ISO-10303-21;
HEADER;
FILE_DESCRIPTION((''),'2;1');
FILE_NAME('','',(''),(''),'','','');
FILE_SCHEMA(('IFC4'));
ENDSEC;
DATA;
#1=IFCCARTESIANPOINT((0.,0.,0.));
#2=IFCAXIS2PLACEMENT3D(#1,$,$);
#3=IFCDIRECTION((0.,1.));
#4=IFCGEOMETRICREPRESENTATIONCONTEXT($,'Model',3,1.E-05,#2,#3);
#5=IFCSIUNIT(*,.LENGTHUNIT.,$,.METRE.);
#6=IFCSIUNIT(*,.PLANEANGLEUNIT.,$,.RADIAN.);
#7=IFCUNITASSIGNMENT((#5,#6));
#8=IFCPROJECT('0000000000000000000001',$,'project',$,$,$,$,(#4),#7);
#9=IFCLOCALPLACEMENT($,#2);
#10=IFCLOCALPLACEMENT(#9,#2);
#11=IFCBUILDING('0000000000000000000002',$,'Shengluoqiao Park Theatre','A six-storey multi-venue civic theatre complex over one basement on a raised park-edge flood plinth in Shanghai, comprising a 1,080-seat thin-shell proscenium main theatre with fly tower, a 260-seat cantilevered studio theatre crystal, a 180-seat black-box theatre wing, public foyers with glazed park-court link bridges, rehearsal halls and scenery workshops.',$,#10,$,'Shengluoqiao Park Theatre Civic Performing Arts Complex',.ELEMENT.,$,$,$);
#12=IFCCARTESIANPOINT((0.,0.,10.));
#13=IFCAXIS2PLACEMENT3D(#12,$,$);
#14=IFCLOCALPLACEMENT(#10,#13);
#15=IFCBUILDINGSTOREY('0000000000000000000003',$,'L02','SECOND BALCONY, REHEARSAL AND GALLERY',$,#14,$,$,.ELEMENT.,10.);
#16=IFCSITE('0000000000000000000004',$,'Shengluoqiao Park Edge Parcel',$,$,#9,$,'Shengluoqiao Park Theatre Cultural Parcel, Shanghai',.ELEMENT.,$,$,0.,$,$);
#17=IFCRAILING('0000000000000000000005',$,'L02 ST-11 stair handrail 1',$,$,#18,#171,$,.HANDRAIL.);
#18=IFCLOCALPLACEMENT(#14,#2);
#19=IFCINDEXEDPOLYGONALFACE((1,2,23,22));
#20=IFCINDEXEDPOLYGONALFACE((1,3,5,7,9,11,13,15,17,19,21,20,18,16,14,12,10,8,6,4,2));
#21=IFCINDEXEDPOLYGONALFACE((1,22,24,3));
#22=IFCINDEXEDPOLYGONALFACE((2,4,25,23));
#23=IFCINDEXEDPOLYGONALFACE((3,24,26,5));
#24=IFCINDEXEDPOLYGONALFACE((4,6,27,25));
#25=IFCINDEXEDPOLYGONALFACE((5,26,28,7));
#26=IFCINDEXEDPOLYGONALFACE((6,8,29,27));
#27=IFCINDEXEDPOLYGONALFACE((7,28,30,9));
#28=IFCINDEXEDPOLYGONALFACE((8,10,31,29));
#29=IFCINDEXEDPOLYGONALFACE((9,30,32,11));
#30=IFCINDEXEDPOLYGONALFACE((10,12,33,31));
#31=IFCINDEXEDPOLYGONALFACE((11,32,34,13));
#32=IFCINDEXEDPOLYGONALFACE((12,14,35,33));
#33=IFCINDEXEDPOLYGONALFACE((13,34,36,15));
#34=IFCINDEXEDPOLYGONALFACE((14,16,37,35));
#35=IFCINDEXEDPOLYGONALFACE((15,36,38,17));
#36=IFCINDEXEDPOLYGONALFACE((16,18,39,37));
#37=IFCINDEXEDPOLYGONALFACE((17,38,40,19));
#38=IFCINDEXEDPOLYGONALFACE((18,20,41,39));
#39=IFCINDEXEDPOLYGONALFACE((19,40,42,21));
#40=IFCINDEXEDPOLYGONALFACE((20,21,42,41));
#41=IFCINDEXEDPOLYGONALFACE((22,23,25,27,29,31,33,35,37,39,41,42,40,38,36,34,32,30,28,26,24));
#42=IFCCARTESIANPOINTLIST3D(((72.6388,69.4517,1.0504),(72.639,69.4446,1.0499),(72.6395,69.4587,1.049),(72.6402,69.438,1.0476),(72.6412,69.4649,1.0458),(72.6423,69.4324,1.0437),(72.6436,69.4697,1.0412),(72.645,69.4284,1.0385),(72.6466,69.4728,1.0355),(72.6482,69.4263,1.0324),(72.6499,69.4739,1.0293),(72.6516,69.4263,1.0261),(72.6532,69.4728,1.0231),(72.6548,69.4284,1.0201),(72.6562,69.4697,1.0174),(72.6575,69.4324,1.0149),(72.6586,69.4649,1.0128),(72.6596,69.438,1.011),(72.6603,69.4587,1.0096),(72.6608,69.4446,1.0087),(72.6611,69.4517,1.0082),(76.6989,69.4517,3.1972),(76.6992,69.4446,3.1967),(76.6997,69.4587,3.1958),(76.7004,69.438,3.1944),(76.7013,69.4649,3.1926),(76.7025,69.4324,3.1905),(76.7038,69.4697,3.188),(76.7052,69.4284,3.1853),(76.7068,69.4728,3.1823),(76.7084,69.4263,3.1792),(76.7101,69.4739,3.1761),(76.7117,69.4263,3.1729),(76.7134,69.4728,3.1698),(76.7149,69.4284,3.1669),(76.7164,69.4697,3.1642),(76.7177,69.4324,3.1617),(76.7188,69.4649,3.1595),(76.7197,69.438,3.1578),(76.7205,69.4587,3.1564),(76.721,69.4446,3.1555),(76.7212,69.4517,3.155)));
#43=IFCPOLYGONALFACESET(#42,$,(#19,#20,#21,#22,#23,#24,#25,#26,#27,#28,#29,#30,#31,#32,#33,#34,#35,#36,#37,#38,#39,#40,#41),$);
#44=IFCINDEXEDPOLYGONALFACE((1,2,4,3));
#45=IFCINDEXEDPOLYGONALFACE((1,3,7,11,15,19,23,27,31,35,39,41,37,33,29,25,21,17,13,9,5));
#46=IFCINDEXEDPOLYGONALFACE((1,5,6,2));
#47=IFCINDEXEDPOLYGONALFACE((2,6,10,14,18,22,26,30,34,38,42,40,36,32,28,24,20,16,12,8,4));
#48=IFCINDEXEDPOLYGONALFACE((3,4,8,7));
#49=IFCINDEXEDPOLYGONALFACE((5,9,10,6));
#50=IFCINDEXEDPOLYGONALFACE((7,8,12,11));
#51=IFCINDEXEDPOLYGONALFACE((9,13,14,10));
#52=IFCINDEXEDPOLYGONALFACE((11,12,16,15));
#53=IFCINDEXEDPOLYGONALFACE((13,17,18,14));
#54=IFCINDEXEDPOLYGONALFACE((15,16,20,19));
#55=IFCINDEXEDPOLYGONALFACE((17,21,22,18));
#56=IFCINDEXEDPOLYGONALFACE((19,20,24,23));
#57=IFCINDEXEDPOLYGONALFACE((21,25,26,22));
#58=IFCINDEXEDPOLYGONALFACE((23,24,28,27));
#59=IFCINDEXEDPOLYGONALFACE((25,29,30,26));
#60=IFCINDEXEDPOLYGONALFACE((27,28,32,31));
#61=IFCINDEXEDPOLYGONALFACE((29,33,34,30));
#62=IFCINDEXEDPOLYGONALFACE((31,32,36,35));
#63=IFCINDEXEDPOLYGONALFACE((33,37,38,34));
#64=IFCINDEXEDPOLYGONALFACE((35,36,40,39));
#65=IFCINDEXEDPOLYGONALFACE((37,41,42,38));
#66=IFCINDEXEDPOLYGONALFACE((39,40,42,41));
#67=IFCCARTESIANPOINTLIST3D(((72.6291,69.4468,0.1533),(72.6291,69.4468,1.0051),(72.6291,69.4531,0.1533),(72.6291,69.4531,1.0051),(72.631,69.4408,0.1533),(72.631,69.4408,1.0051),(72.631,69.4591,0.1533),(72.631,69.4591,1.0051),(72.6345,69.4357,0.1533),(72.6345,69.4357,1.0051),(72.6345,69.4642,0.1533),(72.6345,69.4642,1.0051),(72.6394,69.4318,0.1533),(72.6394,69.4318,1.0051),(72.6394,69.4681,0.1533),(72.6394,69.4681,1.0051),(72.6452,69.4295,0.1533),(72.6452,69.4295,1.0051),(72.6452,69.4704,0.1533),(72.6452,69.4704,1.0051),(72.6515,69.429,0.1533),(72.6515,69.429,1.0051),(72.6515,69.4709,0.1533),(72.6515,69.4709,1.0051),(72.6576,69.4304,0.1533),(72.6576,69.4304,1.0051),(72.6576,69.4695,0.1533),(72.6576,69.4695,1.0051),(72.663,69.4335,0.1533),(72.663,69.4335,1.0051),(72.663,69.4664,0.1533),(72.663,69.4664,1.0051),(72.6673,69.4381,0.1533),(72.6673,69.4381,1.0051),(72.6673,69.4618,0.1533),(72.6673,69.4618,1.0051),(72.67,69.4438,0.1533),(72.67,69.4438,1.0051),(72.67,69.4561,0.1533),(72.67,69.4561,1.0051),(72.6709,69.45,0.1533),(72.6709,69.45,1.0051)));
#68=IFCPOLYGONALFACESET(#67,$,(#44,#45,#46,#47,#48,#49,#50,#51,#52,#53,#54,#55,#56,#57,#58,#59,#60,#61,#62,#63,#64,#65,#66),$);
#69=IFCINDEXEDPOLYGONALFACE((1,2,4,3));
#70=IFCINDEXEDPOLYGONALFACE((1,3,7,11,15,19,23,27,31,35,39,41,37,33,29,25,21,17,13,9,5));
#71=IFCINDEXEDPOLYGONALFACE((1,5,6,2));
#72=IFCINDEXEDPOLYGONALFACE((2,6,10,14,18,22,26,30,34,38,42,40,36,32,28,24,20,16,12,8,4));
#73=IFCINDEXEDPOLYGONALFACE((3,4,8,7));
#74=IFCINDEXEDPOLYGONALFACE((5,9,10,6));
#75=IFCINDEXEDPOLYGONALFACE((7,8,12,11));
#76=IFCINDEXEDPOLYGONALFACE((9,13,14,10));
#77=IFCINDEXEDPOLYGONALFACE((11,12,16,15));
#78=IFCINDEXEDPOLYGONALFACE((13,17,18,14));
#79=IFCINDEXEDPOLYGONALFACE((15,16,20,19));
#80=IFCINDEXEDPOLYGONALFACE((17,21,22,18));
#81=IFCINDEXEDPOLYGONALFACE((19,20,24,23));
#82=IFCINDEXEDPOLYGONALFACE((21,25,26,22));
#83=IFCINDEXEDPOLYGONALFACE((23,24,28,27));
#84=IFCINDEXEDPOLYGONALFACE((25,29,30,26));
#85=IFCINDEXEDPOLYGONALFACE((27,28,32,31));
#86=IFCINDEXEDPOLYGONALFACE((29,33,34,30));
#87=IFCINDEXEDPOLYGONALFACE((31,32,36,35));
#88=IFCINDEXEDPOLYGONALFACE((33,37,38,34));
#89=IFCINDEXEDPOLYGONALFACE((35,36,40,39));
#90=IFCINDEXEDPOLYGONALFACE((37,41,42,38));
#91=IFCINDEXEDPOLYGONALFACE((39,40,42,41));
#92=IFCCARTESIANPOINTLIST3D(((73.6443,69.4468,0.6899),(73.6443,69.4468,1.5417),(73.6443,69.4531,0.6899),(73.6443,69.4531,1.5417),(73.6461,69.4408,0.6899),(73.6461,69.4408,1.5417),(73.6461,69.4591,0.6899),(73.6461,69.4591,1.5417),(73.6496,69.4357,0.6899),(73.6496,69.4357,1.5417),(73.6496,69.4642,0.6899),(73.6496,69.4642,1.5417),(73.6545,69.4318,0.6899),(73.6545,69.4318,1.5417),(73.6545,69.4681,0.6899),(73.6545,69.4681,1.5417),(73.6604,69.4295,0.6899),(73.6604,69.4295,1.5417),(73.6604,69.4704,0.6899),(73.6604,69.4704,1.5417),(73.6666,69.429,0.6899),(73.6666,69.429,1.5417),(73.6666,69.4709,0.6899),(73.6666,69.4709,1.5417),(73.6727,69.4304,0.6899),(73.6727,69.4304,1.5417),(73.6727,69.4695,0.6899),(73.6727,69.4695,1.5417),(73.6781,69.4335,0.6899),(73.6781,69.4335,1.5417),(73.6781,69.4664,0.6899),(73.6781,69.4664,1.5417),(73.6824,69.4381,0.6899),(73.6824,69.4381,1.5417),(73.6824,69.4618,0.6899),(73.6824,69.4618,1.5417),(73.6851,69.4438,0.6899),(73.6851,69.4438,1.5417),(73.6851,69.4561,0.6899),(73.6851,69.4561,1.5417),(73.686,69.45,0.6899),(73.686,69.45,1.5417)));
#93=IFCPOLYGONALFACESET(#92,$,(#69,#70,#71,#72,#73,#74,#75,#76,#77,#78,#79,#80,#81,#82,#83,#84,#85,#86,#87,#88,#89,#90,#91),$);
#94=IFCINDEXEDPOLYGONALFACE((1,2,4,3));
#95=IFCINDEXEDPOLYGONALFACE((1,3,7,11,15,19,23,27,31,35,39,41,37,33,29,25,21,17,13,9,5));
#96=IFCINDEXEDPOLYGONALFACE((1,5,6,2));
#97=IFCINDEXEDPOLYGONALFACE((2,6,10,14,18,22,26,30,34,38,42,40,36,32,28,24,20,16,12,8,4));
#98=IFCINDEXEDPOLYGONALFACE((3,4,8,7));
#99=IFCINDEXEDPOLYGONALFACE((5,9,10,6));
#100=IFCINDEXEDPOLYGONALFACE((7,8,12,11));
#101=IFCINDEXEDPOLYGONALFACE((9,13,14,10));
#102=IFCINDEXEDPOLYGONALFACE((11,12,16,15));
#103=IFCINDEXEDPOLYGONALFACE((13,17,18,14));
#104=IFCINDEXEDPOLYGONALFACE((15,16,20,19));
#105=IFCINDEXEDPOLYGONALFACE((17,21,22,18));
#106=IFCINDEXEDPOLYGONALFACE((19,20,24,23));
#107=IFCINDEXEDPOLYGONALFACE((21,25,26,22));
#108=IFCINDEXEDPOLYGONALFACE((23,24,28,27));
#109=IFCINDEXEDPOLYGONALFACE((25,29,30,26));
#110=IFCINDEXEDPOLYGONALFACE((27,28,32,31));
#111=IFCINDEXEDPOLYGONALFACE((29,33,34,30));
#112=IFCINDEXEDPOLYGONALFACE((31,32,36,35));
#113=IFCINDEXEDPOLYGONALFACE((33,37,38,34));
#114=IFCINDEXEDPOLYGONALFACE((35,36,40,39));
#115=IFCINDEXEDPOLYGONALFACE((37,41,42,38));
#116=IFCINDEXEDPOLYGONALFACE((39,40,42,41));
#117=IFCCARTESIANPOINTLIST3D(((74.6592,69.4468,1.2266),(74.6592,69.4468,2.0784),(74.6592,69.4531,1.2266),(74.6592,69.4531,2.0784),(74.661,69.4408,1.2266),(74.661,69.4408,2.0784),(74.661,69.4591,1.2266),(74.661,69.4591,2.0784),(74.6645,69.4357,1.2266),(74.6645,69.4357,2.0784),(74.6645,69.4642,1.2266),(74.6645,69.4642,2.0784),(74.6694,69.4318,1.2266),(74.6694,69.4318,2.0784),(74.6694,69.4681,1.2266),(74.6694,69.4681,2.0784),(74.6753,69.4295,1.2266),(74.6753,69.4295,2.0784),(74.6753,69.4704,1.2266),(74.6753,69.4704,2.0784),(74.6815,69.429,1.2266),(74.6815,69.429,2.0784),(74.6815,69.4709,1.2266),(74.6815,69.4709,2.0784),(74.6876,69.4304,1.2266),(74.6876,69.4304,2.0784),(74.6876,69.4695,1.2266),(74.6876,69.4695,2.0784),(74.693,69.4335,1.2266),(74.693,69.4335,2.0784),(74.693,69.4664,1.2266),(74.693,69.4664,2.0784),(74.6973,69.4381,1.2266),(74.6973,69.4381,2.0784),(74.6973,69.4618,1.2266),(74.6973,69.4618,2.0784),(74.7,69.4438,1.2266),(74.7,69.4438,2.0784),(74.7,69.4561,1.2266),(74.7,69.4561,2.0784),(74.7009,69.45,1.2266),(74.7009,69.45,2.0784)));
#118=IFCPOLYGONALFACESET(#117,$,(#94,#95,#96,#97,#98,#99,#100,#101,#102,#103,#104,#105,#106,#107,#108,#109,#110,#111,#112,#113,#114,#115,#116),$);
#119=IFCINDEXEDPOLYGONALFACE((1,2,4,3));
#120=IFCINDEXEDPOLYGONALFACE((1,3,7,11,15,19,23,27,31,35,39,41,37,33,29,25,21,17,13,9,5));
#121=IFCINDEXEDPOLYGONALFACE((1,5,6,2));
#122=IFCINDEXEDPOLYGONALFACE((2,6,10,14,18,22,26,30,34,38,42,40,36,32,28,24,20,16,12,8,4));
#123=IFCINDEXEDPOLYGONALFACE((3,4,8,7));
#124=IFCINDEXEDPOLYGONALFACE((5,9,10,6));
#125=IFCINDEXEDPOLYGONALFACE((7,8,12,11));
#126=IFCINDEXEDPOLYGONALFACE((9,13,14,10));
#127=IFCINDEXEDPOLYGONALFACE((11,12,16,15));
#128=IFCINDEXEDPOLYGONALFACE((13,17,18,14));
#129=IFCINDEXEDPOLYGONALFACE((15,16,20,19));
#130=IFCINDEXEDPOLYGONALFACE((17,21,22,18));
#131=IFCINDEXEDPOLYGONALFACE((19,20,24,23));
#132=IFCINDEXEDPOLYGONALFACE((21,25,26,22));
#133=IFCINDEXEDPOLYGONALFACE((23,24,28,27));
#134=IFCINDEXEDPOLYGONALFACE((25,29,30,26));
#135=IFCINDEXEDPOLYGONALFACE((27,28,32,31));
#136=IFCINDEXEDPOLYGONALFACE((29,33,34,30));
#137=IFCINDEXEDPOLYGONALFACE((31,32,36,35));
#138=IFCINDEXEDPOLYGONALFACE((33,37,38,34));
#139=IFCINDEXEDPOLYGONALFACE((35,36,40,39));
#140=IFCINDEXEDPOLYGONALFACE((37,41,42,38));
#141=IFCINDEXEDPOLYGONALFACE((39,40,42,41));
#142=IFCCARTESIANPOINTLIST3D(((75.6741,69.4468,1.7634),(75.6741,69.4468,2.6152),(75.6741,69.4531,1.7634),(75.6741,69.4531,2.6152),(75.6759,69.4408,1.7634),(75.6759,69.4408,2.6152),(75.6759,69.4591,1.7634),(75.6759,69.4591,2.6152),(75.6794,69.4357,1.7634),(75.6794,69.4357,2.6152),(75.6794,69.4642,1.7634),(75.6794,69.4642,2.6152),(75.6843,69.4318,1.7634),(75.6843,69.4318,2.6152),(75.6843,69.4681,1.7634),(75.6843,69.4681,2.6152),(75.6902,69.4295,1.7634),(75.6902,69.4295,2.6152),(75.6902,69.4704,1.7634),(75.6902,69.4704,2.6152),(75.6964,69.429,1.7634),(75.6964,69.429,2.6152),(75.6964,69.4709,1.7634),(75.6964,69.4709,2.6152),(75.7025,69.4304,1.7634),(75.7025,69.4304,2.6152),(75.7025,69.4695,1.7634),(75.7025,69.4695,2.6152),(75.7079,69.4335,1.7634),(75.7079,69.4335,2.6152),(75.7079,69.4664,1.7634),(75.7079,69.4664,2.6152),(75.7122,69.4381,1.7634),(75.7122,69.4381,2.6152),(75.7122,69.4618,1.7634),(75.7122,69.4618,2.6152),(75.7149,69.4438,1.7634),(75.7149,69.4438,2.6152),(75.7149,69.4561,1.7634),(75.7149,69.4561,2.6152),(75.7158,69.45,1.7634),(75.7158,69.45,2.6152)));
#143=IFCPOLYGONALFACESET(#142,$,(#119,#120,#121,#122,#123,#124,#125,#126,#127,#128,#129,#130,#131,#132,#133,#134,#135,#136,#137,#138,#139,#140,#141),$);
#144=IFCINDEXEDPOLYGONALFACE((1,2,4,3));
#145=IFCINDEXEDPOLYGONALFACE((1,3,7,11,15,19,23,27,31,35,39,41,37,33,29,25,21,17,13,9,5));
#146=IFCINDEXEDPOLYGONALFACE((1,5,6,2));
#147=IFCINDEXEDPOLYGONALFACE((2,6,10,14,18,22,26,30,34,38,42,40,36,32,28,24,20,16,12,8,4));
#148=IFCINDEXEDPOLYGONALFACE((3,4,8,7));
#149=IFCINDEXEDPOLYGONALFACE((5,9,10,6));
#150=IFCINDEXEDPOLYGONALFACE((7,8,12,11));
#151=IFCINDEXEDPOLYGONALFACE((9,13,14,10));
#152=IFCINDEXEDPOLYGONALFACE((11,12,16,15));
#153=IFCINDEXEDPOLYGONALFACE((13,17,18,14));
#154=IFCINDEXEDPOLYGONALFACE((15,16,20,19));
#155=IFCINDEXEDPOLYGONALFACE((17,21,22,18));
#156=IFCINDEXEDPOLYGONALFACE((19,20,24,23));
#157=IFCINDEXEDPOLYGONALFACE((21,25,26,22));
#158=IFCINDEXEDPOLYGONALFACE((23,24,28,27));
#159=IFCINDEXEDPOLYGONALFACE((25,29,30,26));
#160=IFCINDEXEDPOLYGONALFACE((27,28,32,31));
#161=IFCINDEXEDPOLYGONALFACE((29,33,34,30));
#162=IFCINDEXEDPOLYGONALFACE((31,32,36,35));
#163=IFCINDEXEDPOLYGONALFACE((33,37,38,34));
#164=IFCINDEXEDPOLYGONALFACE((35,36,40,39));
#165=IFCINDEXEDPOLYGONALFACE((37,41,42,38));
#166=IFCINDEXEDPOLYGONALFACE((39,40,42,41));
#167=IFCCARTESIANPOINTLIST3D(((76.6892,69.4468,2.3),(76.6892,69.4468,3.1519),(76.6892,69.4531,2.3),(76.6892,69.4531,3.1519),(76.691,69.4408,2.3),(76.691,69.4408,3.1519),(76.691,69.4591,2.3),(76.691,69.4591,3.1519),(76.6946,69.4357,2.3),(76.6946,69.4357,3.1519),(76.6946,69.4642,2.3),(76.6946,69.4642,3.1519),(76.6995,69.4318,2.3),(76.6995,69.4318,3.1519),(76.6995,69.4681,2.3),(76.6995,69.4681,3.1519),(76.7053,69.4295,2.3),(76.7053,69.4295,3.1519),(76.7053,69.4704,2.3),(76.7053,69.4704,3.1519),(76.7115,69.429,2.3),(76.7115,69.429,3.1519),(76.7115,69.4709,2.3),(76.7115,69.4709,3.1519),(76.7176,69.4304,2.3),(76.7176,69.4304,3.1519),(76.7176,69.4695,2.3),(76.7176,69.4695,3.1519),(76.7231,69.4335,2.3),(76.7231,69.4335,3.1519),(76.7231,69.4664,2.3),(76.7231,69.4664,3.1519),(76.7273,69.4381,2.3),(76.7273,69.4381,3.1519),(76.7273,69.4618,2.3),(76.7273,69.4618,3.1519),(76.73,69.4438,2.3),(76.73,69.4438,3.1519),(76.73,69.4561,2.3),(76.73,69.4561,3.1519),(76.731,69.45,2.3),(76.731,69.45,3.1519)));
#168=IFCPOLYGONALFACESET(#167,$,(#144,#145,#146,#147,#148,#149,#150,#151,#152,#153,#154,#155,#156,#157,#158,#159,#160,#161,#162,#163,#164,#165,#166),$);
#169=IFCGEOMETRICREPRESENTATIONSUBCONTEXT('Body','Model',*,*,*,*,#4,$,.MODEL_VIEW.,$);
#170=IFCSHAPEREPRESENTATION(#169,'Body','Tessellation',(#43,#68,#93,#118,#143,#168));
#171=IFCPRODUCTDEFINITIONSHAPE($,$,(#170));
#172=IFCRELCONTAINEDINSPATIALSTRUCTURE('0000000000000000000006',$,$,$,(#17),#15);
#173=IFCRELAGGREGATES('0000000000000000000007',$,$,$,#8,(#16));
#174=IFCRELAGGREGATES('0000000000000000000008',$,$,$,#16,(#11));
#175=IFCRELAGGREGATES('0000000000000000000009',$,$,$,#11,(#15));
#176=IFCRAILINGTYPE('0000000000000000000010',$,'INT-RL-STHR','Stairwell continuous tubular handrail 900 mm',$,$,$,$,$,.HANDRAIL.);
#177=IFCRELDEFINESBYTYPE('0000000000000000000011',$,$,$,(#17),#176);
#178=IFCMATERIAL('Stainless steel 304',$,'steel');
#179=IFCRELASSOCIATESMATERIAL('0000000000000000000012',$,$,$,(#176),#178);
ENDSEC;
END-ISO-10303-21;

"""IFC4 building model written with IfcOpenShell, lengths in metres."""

from ifc_helpers import new_model, si_unit, direction, frame, origin, origin_2d, place, context, subcontext, project, spatial, circle, extrude, material, type_object, element, save


model = new_model("IFC4")

# Units and contexts
model_context = context("Model", 3, precision=1e-05, world=origin(), true_north=direction((0.0, 1.0)))
body_context = subcontext(model_context, "Body", "Model", "MODEL_VIEW")
ifc_project = project(units=[si_unit("LENGTHUNIT", "METRE"), si_unit("PLANEANGLEUNIT", "RADIAN")], contexts=[model_context])

# Site, building, storey
site_placement = place(None, origin())
site = spatial("IfcSite", under=ifc_project, at=site_placement, Name="Shengluoqiao Park Edge Parcel", LongName="Shengluoqiao Park Theatre Cultural Parcel, Shanghai", CompositionType="ELEMENT", RefElevation=0.0)
building_placement = place(site_placement, origin())
building = spatial("IfcBuilding", under=site, at=building_placement, Name="Shengluoqiao Park Theatre", Description="A six-storey multi-venue civic theatre complex over one basement on a raised park-edge flood plinth in Shanghai, comprising a 1,080-seat thin-shell proscenium main theatre with fly tower, a 260-seat cantilevered studio theatre crystal, a 180-seat black-box theatre wing, public foyers with glazed park-court link bridges, rehearsal halls and scenery workshops.", LongName="Shengluoqiao Park Theatre Civic Performing Arts Complex", CompositionType="ELEMENT")
storey_placement = place(building_placement, frame((0.0, 0.0, 10.0)))
storey = spatial("IfcBuildingStorey", under=building, at=storey_placement, Name="L02", Description="SECOND BALCONY, REHEARSAL AND GALLERY", CompositionType="ELEMENT", Elevation=10.0)

# Railing
ifc_material_1 = material(Name="Stainless steel 304", Category="steel")
railing_type_1 = type_object("IfcRailingType", Name="INT-RL-STHR", Description="Stairwell continuous tubular handrail 900 mm", PredefinedType="HANDRAIL", material=ifc_material_1)
railing_1_placement = place(storey_placement, frame((72.6499, 69.45, 0.1533)))
element("IfcRailing", 1, at=railing_1_placement, inside=storey, type_object=railing_type_1, Name="L02 ST-11 stair handrail 1", PredefinedType="HANDRAIL", context=body_context, shape_type="SweptSolid", body=[
    extrude(circle(Radius=0.0239, at=origin_2d()), frame((0.0, 0.0, 0.876), z_axis=(0.884032, 0.0, 0.467426), x_axis=(0.0, 1.0, 0.0)), (0.0, 0.0, 1.0), 4.5928),
    extrude(circle(Radius=0.021, at=origin_2d()), origin(), (0.0, 0.0, 1.0), 0.8518),
    extrude(circle(Radius=0.021, at=origin_2d()), frame((1.0151, 0.0, 0.5366)), (0.0, 0.0, 1.0), 0.8518),
    extrude(circle(Radius=0.021, at=origin_2d()), frame((2.03, 0.0, 1.0732)), (0.0, 0.0, 1.0), 0.8518),
    extrude(circle(Radius=0.021, at=origin_2d()), frame((3.0449, 0.0, 1.6101)), (0.0, 0.0, 1.0), 0.8518),
    extrude(circle(Radius=0.021, at=origin_2d()), frame((4.0601, 0.0, 2.1467)), (0.0, 0.0, 1.0), 0.8518),
])

save(model, "model.ifc")
